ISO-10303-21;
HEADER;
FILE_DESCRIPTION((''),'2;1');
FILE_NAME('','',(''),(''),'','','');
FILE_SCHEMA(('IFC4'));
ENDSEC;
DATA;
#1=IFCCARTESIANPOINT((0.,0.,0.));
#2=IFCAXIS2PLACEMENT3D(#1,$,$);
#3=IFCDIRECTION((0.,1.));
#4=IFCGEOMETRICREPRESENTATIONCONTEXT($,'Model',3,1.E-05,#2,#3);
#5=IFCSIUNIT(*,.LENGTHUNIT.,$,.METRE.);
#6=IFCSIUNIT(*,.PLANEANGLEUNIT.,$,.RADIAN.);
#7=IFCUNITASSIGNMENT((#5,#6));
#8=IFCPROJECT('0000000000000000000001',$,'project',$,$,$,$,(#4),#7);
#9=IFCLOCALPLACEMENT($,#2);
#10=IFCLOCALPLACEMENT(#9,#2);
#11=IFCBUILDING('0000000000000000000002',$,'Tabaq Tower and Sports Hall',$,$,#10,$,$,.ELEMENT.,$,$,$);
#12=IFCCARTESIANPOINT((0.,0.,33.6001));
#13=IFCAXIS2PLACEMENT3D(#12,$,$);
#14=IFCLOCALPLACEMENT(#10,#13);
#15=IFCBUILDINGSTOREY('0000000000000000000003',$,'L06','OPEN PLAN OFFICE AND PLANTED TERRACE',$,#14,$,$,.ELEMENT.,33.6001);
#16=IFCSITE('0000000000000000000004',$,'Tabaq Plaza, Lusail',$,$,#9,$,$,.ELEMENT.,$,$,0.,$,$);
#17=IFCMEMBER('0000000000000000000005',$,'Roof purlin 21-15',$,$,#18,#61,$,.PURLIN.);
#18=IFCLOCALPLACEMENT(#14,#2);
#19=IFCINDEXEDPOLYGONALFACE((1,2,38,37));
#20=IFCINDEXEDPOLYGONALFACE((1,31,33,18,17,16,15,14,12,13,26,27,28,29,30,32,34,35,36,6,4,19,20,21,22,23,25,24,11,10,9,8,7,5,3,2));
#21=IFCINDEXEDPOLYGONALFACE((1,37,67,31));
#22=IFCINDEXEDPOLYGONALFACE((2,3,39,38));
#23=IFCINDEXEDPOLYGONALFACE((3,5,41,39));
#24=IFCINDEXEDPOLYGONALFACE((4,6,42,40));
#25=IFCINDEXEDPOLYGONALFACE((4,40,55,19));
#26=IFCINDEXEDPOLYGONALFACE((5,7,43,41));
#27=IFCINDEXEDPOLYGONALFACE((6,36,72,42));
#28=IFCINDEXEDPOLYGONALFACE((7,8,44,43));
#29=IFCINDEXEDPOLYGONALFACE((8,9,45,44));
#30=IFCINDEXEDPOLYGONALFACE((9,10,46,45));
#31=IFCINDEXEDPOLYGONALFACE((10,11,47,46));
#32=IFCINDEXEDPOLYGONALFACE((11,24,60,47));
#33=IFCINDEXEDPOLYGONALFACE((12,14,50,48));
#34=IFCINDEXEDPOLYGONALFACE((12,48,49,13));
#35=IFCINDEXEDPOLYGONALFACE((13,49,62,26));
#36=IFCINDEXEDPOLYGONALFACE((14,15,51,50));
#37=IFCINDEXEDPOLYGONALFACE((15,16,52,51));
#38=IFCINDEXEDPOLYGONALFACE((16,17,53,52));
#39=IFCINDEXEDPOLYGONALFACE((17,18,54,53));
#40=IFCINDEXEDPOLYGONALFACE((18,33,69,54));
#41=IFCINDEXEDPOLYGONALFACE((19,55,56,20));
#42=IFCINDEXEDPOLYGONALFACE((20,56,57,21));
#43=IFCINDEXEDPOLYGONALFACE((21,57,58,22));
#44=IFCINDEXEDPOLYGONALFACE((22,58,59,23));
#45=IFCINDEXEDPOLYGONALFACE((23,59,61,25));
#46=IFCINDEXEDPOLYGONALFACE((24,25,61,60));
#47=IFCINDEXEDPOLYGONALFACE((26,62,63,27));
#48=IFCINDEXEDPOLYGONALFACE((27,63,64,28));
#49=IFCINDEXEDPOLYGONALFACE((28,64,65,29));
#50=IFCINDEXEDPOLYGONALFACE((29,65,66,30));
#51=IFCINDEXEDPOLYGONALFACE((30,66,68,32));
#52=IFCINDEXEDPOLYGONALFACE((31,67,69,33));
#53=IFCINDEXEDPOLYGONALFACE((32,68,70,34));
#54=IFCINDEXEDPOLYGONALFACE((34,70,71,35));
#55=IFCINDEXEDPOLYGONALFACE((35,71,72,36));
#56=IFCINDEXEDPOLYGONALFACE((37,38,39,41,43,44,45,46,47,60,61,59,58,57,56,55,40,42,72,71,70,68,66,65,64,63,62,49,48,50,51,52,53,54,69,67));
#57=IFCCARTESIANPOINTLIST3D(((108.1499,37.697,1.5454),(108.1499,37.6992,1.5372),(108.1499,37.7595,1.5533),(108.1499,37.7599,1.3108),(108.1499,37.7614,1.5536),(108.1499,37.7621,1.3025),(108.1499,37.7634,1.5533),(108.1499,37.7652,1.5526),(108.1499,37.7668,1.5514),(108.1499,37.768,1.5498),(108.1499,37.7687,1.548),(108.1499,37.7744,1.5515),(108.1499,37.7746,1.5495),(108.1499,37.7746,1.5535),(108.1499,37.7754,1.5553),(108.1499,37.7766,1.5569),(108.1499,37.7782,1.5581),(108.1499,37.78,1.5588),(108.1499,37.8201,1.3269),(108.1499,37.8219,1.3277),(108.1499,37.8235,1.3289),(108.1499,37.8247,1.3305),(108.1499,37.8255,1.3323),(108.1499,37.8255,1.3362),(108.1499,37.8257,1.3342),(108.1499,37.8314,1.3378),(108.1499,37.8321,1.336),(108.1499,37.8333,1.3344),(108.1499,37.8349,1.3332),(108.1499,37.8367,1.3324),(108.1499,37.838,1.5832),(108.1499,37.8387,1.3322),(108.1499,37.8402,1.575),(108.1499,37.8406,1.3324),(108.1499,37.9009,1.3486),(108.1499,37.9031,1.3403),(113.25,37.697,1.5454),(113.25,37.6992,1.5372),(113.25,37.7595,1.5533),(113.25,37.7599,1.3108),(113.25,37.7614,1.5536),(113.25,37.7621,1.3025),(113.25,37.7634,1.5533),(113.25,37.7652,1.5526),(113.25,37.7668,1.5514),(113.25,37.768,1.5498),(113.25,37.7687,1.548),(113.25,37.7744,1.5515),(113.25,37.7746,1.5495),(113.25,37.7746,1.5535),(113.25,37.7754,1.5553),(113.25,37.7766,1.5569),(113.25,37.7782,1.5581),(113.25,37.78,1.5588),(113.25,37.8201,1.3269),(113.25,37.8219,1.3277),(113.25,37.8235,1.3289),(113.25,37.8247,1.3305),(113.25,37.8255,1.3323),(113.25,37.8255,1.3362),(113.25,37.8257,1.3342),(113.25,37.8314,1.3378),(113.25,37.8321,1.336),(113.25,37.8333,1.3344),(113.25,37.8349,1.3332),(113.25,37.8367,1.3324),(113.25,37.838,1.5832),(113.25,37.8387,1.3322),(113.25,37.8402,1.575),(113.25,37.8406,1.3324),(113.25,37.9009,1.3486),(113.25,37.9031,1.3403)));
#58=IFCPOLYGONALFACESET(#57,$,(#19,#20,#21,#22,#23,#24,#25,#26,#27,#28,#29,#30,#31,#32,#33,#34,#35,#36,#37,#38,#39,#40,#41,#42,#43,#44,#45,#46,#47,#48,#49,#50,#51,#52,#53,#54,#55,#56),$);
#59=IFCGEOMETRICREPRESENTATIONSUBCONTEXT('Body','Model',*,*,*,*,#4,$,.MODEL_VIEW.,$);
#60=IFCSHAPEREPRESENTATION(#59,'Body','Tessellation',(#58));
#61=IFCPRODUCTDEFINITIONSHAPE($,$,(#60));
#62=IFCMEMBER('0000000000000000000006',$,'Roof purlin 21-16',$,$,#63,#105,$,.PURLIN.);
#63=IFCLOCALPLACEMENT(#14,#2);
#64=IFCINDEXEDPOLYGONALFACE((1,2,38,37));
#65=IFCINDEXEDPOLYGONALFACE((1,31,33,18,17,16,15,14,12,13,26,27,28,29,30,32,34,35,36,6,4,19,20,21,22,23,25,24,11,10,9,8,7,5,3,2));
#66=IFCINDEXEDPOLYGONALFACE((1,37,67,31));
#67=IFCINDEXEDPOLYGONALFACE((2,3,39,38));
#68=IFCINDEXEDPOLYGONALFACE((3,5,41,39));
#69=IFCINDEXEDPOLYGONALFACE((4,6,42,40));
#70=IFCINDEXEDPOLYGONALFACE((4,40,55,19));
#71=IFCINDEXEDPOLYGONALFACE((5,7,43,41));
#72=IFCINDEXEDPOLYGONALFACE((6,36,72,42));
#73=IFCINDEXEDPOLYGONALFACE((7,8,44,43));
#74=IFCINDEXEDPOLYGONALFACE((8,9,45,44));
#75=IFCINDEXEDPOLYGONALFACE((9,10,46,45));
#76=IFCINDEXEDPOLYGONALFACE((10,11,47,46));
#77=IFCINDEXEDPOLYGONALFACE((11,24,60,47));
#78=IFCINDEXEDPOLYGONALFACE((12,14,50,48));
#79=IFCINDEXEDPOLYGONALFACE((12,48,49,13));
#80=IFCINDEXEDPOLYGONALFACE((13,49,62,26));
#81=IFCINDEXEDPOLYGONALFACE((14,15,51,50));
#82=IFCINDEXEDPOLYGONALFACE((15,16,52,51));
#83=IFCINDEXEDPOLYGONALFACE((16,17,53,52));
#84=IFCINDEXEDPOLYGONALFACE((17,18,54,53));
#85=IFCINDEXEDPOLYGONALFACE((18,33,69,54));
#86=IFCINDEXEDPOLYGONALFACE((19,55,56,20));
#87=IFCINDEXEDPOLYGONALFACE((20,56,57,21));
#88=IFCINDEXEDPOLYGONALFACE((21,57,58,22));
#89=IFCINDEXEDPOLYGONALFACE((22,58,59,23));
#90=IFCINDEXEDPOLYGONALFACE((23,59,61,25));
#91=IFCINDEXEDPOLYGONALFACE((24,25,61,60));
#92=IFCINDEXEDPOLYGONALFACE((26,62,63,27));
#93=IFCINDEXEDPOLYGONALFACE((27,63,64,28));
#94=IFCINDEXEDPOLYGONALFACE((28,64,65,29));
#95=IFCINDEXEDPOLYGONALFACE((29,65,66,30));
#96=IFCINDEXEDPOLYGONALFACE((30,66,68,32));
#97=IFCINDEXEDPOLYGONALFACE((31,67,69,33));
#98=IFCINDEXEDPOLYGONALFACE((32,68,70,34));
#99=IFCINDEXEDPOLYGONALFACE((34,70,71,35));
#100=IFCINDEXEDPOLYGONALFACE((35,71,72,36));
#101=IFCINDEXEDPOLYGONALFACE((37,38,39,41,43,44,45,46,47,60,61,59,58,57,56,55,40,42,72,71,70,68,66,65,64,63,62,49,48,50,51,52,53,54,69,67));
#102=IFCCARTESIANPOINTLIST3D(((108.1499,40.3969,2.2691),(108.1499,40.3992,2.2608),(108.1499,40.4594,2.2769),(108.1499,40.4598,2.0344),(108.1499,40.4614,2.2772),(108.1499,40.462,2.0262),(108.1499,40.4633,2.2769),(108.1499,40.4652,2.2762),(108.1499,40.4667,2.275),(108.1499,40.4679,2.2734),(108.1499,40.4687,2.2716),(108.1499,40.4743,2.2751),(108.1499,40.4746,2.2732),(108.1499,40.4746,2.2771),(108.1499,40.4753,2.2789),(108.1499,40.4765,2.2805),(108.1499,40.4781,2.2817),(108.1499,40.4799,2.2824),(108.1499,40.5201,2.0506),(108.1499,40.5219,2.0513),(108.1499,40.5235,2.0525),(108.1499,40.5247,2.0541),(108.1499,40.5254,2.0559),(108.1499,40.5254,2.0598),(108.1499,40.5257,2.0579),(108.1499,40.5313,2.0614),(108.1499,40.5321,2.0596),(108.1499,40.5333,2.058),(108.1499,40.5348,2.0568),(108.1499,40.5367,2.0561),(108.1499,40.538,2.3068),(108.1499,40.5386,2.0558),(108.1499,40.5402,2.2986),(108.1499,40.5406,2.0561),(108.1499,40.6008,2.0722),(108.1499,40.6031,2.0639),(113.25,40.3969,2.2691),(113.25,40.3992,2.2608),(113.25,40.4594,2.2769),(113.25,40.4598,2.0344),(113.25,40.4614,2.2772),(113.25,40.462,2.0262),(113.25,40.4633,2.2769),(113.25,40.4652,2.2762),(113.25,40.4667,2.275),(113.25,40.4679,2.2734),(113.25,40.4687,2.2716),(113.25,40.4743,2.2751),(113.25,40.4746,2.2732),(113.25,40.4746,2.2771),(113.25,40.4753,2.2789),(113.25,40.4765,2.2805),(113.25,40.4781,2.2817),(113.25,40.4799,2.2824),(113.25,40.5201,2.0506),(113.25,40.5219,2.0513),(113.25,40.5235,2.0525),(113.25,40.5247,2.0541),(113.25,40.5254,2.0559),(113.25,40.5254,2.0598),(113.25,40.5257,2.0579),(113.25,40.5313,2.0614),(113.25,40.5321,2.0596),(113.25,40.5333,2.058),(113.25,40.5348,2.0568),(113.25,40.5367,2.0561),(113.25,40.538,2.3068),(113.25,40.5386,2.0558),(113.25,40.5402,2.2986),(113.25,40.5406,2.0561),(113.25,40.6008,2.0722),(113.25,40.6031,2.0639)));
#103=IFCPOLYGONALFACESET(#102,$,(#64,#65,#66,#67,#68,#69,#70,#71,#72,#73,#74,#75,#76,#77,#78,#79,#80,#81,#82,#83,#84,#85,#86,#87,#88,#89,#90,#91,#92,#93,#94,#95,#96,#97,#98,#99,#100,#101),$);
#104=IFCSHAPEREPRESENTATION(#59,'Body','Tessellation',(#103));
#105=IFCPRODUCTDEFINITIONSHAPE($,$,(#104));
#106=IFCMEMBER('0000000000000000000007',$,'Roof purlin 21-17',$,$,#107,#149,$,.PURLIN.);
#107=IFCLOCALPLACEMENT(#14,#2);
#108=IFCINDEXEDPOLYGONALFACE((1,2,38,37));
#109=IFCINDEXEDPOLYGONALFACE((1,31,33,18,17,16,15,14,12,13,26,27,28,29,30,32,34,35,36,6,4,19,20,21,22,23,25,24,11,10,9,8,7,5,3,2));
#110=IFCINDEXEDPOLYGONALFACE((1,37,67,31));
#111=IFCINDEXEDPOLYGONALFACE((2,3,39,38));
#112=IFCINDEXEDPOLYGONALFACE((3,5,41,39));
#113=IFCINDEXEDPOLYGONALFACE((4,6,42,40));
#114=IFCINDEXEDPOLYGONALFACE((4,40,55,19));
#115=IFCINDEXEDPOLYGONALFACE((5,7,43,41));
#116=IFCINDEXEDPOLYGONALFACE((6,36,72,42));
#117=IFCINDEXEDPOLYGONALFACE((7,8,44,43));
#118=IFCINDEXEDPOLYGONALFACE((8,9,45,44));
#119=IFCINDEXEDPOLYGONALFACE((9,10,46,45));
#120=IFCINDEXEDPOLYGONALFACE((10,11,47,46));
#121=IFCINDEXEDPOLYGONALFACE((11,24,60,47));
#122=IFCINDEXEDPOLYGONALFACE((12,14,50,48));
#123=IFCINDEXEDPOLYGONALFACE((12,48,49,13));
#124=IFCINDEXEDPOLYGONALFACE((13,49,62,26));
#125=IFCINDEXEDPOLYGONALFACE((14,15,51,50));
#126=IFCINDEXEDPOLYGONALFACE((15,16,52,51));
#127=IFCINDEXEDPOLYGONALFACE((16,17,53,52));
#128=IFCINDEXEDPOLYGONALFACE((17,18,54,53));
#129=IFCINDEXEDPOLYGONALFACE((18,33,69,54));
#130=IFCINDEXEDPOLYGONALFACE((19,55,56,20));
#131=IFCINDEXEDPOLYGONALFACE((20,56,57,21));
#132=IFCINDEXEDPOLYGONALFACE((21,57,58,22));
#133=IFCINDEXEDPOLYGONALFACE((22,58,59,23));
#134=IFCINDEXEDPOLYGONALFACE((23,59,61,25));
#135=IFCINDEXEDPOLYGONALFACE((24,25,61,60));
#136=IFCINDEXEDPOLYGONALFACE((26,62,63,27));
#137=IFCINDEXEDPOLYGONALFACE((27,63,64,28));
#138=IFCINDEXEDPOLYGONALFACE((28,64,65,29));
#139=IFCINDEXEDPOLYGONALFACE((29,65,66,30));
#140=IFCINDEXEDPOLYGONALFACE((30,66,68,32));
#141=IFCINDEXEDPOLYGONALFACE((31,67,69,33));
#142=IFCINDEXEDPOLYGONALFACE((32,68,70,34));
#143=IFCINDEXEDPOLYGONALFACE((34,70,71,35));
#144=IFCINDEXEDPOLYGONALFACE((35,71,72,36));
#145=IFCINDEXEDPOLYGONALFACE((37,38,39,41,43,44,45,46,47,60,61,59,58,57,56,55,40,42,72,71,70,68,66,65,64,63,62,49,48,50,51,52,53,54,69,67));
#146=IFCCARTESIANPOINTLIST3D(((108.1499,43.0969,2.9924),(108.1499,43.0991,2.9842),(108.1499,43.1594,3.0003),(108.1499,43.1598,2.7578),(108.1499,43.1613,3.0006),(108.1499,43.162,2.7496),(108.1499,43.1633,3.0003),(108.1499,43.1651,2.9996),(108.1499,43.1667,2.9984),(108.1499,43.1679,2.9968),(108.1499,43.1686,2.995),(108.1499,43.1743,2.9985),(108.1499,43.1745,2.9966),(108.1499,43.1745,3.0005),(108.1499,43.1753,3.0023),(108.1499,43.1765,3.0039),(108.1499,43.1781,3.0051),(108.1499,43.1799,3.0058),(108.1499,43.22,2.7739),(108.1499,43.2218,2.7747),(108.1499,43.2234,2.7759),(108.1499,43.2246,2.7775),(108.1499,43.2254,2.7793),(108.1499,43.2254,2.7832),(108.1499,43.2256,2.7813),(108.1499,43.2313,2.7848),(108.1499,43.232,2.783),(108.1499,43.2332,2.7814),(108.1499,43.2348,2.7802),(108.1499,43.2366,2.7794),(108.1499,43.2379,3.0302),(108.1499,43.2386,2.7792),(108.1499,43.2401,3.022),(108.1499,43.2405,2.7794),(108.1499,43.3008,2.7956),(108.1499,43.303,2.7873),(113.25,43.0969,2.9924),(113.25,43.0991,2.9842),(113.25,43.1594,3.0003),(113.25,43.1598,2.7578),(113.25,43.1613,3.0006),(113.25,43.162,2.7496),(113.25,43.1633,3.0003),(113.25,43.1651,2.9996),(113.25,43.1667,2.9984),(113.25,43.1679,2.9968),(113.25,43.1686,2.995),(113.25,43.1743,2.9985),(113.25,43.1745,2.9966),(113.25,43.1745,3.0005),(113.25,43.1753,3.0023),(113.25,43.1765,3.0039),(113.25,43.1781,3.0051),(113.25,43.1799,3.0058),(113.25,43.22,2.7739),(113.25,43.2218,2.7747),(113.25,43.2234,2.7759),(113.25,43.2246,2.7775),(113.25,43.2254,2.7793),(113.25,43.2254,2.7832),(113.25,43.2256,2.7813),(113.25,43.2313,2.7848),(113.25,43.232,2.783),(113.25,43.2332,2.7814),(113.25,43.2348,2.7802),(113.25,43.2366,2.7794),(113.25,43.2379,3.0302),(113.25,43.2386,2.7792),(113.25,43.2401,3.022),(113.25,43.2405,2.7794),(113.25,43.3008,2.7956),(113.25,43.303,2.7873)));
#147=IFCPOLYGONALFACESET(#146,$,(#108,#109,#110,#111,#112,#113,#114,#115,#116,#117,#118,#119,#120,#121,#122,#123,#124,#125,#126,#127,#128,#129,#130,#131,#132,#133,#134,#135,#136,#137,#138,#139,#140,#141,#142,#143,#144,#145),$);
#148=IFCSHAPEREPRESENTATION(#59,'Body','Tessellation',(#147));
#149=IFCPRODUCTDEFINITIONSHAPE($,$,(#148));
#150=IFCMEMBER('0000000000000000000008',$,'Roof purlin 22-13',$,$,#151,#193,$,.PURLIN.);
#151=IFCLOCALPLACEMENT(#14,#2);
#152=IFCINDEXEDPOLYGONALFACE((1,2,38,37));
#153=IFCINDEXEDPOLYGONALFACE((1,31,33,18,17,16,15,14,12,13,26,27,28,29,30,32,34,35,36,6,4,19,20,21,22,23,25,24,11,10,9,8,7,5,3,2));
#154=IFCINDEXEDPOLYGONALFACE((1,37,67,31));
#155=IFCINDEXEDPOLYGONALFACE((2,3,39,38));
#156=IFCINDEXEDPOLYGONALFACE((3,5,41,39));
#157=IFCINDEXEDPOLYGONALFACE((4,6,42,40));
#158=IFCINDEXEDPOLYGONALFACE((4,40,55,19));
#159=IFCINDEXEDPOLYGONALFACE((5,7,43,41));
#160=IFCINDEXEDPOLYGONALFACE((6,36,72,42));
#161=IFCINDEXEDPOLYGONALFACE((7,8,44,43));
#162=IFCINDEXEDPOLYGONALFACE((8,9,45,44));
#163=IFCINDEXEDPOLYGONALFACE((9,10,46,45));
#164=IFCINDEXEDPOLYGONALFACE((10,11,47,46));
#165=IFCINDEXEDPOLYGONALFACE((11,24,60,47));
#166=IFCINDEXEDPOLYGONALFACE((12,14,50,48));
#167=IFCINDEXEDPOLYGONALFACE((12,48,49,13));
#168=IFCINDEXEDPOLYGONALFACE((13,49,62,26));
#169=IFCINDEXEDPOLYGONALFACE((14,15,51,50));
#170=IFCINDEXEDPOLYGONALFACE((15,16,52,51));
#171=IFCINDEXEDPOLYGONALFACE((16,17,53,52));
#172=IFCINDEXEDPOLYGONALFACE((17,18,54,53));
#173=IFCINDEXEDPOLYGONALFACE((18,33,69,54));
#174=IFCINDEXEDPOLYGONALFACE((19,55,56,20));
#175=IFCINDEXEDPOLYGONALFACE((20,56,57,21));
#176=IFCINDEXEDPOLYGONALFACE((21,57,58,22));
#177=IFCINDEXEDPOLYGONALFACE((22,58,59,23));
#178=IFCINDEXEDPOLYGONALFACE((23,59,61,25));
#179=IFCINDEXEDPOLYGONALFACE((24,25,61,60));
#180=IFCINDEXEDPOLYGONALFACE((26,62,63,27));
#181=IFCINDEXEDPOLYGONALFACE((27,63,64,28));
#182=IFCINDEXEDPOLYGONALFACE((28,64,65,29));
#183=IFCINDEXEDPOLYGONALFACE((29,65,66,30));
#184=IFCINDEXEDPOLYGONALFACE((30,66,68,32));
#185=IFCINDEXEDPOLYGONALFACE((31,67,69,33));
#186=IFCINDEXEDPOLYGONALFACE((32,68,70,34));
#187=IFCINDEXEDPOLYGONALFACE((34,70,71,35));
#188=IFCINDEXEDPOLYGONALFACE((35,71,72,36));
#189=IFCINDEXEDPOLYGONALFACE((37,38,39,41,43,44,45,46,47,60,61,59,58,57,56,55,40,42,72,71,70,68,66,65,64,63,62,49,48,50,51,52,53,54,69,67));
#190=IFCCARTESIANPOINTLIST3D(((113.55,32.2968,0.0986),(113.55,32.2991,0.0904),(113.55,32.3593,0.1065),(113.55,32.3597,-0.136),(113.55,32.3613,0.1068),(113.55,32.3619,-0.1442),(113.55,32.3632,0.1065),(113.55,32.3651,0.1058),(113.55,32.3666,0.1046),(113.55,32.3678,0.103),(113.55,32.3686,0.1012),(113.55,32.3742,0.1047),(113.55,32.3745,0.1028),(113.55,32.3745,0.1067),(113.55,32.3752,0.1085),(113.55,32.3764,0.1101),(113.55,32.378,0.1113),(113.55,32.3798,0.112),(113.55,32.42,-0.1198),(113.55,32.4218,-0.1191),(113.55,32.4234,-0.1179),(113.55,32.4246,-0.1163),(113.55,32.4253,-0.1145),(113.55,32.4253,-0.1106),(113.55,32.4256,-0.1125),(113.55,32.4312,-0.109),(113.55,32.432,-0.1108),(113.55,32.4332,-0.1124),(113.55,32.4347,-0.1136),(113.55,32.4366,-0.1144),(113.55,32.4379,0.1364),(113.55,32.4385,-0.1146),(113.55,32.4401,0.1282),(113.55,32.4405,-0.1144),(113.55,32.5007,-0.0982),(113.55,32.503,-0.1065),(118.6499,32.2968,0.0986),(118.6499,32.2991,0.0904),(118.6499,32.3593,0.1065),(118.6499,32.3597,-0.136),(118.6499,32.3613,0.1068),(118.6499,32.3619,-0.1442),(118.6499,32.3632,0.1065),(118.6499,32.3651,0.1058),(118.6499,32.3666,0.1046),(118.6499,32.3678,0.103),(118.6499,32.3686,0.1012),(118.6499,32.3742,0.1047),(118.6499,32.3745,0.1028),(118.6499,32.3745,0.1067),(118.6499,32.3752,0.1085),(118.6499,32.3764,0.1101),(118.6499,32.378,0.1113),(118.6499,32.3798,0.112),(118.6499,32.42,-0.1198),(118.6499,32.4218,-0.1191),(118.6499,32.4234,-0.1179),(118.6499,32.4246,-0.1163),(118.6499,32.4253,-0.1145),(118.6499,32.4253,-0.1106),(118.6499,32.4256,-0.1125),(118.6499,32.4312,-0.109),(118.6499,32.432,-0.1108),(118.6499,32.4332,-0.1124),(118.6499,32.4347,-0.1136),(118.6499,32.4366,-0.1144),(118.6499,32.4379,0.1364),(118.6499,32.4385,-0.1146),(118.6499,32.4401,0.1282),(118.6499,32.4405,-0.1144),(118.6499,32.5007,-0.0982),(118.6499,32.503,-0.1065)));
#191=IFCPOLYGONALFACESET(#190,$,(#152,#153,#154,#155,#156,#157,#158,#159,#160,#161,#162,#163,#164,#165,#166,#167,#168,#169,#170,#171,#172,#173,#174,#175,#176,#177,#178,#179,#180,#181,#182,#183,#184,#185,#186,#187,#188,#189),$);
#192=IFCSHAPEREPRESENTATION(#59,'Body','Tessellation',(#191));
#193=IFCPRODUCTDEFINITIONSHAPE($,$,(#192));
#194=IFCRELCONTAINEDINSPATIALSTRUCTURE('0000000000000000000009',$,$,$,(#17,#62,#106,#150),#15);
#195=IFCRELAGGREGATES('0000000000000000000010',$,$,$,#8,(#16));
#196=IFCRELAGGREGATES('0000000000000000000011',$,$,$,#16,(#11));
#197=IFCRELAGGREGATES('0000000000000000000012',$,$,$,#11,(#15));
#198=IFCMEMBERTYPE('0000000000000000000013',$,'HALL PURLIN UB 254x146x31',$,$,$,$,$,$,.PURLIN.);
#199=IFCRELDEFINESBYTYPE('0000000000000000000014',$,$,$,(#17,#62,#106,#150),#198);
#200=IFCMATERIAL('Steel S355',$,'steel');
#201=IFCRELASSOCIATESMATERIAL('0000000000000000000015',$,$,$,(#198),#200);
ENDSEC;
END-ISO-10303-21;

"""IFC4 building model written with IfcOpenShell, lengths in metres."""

from ifc_helpers import new_model, si_unit, direction, frame, origin, origin_2d, place, context, subcontext, project, spatial, i_section, extrude, material, material_profile, profile_set, type_object, element, save


model = new_model("IFC4")

# Units and contexts
model_context = context("Model", 3, precision=1e-05, world=origin(), true_north=direction((0.0, 1.0)))
body_context = subcontext(model_context, "Body", "Model", "MODEL_VIEW")
ifc_project = project(units=[si_unit("LENGTHUNIT", "METRE"), si_unit("PLANEANGLEUNIT", "RADIAN")], contexts=[model_context])

# Site, building, storey
site_placement = place(None, origin())
site = spatial("IfcSite", under=ifc_project, at=site_placement, Name="Tabaq Plaza, Lusail", CompositionType="ELEMENT", RefElevation=0.0)
building_placement = place(site_placement, origin())
building = spatial("IfcBuilding", under=site, at=building_placement, Name="Tabaq Tower and Sports Hall", CompositionType="ELEMENT")
storey_placement = place(building_placement, frame((0.0, 0.0, 33.6001)))
storey = spatial("IfcBuildingStorey", under=building, at=storey_placement, Name="L06", Description="OPEN PLAN OFFICE AND PLANTED TERRACE", CompositionType="ELEMENT", Elevation=33.6001)

# Members
ifc_material_1 = material(Name="Steel S355", Category="steel")
ifc_material_profile_1 = material_profile(ifc_material_1, i_section(OverallWidth=0.146, OverallDepth=0.2515, WebThickness=0.0061, FlangeThickness=0.0085, FilletRadius=0.0076, at=origin_2d()), Name="UB 254x146x31")
ifc_profile_set_1 = profile_set([ifc_material_profile_1], Name="Steel S355")
member_type = type_object("IfcMemberType", Name="HALL PURLIN UB 254x146x31", PredefinedType="PURLIN", material=ifc_profile_set_1)
for number, where, z_axis, x_axis, name in (
    (1, (108.1499, 37.8, 1.4429), (1.0, 0.0, 0.0), (0.0, 0.965926, 0.258819), "Roof purlin 21-15"),
    (2, (108.1499, 40.5, 2.1665), (1.0, 0.0, 0.0), (0.0, 0.965926, 0.258819), "Roof purlin 21-16"),
    (3, (108.1499, 43.2, 2.8899), (1.0, 0.0, 0.0), (0.0, 0.965926, 0.258819), "Roof purlin 21-17"),
):
    element("IfcMember", number, at=place(storey_placement, frame(where, z_axis=z_axis, x_axis=x_axis)), inside=storey, type_object=member_type, Name=name, PredefinedType="PURLIN", context=body_context, shape_type="SweptSolid", body=[
        extrude(i_section(OverallWidth=0.146, OverallDepth=0.2515, WebThickness=0.0061, FlangeThickness=0.0085, FilletRadius=0.0076, at=origin_2d()), origin(), (0.0, 0.0, 1.0), 5.1001),
    ])
for number, where, z_axis, x_axis, name in (
    (4, (113.55, 32.3999, -0.0039), (1.0, 0.0, 0.0), (0.0, 0.965926, 0.258819), "Roof purlin 22-13"),
):
    element("IfcMember", number, at=place(storey_placement, frame(where, z_axis=z_axis, x_axis=x_axis)), inside=storey, type_object=member_type, Name=name, PredefinedType="PURLIN", context=body_context, shape_type="SweptSolid", body=[
        extrude(i_section(OverallWidth=0.146, OverallDepth=0.2515, WebThickness=0.0061, FlangeThickness=0.0085, FilletRadius=0.0076, at=origin_2d()), origin(), (0.0, 0.0, 1.0), 5.0999),
    ])

save(model, "model.ifc")
